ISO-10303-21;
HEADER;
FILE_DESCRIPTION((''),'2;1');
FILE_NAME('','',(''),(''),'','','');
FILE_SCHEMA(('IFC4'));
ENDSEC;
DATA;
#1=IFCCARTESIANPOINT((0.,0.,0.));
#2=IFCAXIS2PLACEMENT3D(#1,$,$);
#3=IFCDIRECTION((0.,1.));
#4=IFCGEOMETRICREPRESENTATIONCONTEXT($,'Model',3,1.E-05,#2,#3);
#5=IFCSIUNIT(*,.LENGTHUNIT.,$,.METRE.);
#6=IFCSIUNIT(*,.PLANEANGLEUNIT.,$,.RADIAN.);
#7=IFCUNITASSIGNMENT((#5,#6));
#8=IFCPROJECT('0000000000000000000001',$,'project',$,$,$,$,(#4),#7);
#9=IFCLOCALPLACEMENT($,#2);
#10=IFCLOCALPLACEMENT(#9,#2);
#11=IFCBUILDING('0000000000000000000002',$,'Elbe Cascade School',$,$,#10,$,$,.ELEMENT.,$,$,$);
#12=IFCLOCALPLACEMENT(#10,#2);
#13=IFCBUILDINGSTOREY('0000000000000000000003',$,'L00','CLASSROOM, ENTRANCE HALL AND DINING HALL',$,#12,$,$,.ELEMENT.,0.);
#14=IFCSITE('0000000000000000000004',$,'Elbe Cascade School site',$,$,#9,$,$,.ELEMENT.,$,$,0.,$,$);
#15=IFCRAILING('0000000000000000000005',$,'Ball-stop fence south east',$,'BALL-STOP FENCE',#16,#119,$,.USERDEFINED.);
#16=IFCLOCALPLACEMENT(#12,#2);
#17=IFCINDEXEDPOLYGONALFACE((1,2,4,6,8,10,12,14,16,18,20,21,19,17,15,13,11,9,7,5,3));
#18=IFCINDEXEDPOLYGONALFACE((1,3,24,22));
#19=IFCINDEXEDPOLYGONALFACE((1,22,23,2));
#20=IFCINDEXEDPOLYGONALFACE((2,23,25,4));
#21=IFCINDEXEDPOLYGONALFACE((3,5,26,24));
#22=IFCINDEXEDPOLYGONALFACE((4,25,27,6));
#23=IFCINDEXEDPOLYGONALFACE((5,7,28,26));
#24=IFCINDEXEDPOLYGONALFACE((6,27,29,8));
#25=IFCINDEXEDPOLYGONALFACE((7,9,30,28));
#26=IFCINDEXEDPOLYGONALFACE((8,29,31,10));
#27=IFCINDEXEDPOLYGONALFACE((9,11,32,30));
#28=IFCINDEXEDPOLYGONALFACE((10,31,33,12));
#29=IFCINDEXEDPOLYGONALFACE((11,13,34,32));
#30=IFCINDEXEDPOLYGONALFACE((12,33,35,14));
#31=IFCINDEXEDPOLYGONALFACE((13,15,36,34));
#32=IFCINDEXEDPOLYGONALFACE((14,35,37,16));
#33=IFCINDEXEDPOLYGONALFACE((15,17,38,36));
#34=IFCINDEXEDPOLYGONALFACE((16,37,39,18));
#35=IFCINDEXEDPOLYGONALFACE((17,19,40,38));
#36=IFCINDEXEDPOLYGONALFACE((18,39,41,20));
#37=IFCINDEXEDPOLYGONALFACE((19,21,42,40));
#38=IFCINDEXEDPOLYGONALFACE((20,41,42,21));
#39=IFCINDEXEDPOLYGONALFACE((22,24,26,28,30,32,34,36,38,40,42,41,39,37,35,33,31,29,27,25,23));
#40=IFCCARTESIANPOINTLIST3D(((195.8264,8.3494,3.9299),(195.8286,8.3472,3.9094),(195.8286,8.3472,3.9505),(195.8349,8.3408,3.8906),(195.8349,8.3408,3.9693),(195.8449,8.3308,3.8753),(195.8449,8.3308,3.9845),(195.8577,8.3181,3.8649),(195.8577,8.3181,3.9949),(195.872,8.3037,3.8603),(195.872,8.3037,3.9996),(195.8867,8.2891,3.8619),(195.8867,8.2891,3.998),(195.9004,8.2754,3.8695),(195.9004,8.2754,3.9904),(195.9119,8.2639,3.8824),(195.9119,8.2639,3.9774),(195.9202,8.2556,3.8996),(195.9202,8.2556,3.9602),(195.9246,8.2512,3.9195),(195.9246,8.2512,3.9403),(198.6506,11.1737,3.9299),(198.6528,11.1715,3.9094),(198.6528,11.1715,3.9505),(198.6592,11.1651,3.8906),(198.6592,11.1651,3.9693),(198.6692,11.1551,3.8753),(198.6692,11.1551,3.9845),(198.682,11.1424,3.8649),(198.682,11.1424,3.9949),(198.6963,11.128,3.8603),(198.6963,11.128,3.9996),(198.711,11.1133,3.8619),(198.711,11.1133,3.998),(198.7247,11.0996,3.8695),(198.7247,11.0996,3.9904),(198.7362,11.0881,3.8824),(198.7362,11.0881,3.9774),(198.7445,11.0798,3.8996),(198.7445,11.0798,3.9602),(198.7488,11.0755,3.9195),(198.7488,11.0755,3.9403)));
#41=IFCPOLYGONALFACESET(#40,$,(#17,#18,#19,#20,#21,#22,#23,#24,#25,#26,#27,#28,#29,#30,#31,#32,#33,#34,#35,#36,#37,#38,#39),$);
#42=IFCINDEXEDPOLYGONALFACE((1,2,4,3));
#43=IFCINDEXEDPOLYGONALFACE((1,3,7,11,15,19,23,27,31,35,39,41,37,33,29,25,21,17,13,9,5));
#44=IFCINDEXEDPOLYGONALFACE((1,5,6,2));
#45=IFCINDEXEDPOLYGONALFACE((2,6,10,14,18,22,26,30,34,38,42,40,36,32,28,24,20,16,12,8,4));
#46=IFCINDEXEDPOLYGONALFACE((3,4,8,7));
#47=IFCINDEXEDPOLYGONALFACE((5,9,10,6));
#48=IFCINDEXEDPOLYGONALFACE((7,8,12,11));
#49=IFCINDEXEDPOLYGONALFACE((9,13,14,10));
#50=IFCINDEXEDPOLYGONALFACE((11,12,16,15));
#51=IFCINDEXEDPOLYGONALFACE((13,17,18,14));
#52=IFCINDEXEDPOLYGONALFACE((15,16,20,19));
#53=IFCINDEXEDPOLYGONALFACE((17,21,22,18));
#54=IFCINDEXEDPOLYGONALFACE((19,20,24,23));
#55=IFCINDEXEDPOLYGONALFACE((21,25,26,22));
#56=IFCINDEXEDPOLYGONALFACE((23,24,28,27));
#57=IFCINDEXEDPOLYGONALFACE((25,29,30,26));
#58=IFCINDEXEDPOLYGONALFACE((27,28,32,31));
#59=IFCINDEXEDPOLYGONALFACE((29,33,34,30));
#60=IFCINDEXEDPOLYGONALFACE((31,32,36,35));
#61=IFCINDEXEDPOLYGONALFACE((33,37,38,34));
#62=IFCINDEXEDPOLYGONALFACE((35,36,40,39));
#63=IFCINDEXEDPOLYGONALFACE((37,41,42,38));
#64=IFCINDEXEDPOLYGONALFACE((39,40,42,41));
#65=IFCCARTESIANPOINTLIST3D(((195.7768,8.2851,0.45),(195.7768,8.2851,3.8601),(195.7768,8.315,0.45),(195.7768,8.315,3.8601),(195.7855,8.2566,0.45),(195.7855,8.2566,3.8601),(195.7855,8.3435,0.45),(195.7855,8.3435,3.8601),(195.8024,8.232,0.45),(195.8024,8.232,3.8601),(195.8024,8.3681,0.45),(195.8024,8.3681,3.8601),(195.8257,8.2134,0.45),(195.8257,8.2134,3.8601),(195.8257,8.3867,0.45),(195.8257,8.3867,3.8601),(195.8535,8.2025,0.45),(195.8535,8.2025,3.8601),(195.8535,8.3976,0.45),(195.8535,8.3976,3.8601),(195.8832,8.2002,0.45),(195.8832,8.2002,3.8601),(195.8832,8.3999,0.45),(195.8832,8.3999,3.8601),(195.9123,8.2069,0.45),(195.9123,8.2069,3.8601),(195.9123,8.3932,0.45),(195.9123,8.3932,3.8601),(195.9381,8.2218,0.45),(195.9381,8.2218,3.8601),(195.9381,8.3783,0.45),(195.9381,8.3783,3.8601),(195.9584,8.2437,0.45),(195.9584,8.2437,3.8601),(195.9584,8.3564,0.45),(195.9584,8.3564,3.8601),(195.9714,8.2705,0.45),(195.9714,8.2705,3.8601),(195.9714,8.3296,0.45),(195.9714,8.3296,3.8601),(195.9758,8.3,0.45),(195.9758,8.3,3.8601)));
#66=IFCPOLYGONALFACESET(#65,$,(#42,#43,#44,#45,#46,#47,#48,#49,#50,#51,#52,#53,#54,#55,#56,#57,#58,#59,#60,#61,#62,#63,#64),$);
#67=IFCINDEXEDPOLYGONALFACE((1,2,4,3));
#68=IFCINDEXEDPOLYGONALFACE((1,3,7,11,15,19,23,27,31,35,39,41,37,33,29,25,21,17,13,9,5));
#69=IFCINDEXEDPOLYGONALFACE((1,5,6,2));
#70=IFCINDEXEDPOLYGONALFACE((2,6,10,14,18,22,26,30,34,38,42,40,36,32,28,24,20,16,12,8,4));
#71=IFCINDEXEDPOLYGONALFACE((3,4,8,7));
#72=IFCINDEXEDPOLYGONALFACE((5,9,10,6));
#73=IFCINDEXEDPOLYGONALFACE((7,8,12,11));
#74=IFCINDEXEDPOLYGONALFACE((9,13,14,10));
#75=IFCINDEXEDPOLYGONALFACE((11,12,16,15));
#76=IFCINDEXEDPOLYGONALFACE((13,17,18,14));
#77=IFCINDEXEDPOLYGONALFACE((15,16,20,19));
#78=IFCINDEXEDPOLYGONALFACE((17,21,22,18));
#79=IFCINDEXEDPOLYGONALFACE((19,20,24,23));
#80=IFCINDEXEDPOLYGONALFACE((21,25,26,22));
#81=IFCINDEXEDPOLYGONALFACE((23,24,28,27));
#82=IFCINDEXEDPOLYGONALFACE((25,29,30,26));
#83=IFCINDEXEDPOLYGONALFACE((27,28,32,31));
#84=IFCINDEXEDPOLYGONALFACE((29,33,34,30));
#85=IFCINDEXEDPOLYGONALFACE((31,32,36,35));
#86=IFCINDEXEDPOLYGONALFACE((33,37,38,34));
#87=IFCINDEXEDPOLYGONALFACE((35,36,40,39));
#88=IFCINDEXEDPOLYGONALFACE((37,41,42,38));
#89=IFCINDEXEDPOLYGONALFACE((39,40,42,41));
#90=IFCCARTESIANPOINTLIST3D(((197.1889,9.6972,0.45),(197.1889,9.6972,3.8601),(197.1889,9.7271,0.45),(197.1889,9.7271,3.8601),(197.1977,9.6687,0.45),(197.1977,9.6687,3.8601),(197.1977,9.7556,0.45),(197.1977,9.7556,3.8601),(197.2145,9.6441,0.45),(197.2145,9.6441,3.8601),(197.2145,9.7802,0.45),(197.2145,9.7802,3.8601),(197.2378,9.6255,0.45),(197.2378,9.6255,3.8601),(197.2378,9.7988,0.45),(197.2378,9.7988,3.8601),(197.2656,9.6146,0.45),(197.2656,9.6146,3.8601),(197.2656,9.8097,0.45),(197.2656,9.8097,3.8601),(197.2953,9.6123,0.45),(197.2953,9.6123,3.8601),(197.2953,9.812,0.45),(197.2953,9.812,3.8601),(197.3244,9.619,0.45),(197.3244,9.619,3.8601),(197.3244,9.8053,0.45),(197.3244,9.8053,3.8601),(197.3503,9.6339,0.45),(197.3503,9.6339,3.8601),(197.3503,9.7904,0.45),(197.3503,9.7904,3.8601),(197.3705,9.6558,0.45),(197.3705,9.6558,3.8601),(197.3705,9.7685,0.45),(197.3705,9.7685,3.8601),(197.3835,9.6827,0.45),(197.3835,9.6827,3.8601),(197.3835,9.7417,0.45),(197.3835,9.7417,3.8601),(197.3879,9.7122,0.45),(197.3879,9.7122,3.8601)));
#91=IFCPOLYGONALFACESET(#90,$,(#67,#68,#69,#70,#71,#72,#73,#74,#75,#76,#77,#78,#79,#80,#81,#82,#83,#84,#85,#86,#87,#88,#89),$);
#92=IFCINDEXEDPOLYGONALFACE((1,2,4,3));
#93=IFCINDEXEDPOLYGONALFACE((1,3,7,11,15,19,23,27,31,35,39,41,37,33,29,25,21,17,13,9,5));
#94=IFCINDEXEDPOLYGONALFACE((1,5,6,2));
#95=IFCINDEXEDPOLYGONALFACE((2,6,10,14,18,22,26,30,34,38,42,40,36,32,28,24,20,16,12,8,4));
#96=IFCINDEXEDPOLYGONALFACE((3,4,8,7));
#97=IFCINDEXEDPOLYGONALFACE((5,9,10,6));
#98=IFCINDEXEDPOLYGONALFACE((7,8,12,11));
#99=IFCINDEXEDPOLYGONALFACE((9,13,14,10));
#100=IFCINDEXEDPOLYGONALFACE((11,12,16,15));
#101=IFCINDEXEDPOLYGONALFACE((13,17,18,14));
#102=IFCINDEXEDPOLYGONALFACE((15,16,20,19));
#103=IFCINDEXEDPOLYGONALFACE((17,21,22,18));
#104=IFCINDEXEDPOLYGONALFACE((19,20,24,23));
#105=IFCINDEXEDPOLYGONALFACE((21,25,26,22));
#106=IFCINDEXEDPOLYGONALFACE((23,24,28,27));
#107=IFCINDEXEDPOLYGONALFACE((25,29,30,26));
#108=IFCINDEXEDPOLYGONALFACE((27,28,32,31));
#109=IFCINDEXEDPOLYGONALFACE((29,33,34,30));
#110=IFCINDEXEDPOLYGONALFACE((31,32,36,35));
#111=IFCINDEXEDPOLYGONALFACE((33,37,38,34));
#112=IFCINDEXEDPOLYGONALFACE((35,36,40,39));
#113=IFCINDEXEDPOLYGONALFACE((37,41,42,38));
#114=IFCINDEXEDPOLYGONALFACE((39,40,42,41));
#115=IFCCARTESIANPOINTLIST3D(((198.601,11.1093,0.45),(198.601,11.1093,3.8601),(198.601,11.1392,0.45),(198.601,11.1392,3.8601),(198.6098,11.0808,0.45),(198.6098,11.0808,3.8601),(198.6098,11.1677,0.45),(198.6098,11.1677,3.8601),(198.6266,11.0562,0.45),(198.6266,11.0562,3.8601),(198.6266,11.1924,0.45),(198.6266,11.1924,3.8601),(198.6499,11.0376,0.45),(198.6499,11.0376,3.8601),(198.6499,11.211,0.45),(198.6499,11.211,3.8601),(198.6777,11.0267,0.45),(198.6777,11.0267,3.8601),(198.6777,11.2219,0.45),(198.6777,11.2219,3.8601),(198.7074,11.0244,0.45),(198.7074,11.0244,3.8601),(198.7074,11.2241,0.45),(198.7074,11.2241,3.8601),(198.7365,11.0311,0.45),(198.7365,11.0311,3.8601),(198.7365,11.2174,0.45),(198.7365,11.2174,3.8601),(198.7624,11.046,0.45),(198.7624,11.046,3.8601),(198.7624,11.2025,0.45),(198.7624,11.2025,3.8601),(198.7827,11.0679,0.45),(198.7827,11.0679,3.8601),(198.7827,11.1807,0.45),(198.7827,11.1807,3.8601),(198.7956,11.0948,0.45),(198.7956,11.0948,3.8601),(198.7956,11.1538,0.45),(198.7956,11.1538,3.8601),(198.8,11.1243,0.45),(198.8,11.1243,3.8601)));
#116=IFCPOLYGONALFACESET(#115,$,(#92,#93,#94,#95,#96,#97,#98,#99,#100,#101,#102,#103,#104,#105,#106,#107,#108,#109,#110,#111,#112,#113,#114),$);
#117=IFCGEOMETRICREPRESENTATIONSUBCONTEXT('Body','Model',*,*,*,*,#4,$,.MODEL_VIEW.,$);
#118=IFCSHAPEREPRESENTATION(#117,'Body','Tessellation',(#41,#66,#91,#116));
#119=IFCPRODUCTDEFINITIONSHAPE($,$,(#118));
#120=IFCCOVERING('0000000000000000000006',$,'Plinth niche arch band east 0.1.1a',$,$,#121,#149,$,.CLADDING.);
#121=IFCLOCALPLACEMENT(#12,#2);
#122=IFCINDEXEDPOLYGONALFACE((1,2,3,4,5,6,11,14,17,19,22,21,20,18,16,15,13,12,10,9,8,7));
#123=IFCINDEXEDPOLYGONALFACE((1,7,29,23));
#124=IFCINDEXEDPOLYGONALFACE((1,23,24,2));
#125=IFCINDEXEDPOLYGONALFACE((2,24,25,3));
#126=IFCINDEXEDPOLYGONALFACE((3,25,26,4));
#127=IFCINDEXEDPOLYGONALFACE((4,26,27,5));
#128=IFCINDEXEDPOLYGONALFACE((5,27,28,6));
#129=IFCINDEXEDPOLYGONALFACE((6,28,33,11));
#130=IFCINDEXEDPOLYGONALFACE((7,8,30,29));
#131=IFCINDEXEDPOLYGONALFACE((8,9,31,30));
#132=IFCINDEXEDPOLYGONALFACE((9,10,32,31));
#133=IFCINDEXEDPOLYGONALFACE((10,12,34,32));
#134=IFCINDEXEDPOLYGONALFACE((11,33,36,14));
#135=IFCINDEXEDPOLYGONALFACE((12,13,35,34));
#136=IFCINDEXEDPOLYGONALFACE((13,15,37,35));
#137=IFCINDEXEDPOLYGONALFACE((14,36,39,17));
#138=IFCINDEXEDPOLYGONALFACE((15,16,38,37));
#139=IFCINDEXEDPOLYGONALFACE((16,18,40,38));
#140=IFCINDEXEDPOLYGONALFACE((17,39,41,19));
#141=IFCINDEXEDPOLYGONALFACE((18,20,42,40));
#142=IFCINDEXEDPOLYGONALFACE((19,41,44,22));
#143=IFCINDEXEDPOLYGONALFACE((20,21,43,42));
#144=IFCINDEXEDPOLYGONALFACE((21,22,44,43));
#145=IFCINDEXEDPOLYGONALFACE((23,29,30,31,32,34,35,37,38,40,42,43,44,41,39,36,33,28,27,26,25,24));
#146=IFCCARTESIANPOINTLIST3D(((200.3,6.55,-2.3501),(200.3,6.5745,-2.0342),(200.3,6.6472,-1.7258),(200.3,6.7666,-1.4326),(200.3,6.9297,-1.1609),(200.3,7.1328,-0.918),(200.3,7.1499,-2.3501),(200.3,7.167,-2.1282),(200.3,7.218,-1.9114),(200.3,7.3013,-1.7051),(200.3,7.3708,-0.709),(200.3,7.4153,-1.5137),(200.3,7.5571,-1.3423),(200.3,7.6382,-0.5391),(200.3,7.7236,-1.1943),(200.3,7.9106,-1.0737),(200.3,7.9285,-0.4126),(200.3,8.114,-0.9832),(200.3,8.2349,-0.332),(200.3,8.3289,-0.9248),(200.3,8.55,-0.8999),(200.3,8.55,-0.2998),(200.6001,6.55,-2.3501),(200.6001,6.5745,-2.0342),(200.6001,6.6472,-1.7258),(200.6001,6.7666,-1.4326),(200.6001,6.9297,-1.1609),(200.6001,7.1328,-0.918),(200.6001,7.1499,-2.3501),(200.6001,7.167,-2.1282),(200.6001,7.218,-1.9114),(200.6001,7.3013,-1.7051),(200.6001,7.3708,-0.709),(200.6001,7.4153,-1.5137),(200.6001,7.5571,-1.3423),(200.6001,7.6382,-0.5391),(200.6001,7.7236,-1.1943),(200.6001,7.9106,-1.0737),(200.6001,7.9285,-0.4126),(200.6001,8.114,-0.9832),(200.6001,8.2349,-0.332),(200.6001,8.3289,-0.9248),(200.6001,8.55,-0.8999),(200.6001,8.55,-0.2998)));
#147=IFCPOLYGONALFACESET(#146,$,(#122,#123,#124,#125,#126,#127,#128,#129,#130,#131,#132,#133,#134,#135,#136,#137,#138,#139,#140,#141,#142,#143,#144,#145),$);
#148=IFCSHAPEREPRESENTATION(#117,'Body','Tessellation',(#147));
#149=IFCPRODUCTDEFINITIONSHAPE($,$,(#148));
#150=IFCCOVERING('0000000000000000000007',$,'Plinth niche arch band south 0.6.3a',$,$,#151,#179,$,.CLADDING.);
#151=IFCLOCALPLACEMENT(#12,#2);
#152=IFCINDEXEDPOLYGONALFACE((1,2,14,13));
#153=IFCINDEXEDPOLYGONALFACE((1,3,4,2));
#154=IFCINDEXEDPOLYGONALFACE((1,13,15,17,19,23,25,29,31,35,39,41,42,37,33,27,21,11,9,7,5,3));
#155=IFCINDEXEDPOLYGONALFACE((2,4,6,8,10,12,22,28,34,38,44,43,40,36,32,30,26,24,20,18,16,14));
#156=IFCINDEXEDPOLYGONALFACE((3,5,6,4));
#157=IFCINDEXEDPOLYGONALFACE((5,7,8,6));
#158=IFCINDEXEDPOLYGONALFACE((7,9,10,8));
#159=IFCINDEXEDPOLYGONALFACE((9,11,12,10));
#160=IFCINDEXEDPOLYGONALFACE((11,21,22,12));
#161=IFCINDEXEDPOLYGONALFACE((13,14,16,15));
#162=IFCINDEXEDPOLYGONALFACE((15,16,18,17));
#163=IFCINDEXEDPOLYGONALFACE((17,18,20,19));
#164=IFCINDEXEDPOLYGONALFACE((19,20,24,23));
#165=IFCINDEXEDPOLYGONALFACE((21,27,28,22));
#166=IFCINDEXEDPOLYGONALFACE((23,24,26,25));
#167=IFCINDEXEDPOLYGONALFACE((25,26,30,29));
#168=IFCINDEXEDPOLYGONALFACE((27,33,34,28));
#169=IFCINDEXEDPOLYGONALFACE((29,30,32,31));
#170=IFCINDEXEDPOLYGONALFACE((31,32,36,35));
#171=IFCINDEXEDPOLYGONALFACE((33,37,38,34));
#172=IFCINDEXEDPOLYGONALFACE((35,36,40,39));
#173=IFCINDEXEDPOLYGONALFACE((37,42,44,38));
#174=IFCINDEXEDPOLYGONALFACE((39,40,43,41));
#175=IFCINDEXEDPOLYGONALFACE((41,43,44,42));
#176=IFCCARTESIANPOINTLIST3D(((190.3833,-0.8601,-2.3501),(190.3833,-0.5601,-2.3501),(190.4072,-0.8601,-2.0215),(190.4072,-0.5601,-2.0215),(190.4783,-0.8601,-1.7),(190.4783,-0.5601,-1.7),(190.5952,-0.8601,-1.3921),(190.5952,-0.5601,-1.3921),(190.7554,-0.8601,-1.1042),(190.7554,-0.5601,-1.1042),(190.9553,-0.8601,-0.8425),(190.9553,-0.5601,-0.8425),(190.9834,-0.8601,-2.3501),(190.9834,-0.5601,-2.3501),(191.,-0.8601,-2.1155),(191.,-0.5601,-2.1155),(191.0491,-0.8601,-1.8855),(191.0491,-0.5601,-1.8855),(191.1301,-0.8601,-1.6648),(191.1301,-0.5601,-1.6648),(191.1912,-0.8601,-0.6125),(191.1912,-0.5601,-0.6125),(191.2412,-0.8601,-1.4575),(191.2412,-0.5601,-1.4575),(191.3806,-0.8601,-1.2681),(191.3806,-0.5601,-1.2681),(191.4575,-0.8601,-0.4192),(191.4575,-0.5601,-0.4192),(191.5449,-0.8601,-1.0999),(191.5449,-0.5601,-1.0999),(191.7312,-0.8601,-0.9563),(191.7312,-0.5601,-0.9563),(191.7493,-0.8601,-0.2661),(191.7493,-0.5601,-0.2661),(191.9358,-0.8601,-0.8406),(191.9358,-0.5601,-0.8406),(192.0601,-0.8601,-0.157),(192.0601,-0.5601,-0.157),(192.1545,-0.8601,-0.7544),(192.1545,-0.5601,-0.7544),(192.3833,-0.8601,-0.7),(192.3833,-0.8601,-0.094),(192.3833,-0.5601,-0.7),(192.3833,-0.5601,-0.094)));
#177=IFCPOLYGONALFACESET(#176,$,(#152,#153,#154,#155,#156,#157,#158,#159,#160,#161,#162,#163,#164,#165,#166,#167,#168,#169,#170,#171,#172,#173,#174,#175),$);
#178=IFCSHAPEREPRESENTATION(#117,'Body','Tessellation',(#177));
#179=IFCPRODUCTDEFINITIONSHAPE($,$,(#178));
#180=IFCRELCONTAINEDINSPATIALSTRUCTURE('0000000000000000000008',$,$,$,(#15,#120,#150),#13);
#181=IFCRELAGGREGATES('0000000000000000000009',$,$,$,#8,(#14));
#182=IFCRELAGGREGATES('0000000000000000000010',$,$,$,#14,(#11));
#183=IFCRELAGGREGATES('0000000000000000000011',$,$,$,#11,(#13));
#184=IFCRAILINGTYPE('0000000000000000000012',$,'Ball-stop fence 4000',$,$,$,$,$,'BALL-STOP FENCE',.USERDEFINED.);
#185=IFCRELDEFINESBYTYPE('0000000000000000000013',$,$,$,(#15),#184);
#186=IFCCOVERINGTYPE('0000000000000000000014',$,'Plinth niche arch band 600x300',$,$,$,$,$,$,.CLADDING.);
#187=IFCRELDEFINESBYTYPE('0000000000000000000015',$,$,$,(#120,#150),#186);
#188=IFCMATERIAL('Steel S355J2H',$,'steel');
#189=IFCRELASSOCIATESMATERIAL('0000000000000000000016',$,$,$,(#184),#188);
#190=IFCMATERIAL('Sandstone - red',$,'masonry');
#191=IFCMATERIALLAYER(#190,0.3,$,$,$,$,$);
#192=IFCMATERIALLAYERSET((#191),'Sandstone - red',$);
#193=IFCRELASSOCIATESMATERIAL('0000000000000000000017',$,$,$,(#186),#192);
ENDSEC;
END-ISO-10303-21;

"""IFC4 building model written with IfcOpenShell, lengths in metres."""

from ifc_helpers import new_model, si_unit, direction, frame, origin, origin_2d, place, context, subcontext, project, spatial, polyline, circle, outline, extrude, material, layer, layer_set, type_object, element, save


model = new_model("IFC4")

# Units and contexts
model_context = context("Model", 3, precision=1e-05, world=origin(), true_north=direction((0.0, 1.0)))
body_context = subcontext(model_context, "Body", "Model", "MODEL_VIEW")
ifc_project = project(units=[si_unit("LENGTHUNIT", "METRE"), si_unit("PLANEANGLEUNIT", "RADIAN")], contexts=[model_context])

# Site, building, storey
site_placement = place(None, origin())
site = spatial("IfcSite", under=ifc_project, at=site_placement, Name="Elbe Cascade School site", CompositionType="ELEMENT", RefElevation=0.0)
building_placement = place(site_placement, origin())
building = spatial("IfcBuilding", under=site, at=building_placement, Name="Elbe Cascade School", CompositionType="ELEMENT")
storey_placement = place(building_placement, origin())
storey = spatial("IfcBuildingStorey", under=building, at=storey_placement, Name="L00", Description="CLASSROOM, ENTRANCE HALL AND DINING HALL", CompositionType="ELEMENT", Elevation=0.0)

# Railing
ifc_material_1 = material(Name="Steel S355J2H", Category="steel")
railing_type = type_object("IfcRailingType", Name="Ball-stop fence 4000", ElementType="BALL-STOP FENCE", PredefinedType="USERDEFINED", material=ifc_material_1)
railing_1_placement = place(storey_placement, frame((195.8757, 8.3, 0.45)))
element("IfcRailing", 1, at=railing_1_placement, inside=storey, type_object=railing_type, Name="Ball-stop fence south east", ObjectType="BALL-STOP FENCE", PredefinedType="USERDEFINED", context=body_context, shape_type="SweptSolid", body=[
    extrude(circle(Radius=0.0698, at=origin_2d()), frame((0.0, 0.0, 3.48), z_axis=(0.707107, 0.707107, 0.0), x_axis=(-0.707107, 0.707107, 0.0)), (0.0, 0.0, 1.0), 3.9941),
    extrude(circle(Radius=0.1001, at=origin_2d()), origin(), (0.0, 0.0, 1.0), 3.4102),
    extrude(circle(Radius=0.1001, at=origin_2d()), frame((1.4121, 1.4121, 0.0)), (0.0, 0.0, 1.0), 3.4102),
    extrude(circle(Radius=0.1001, at=origin_2d()), frame((2.8242, 2.8242, 0.0)), (0.0, 0.0, 1.0), 3.4102),
])

# Coverings
ifc_material_2 = material(Name="Sandstone - red", Category="masonry")
ifc_layer = layer(ifc_material_2, 0.3)
ifc_layer_set = layer_set([ifc_layer], Name="Sandstone - red")
covering_type = type_object("IfcCoveringType", Name="Plinth niche arch band 600x300", PredefinedType="CLADDING", material=ifc_layer_set)
covering_1_placement = place(storey_placement, frame((200.6001, 6.55, -2.3501), z_axis=(1.0, 0.0, 0.0), x_axis=(0.0, 1.0, 0.0)))
element("IfcCovering", 2, at=covering_1_placement, inside=storey, type_object=covering_type, Name="Plinth niche arch band east 0.1.1a", PredefinedType="CLADDING", context=body_context, shape_type="SweptSolid", body=[
    extrude(outline(polyline([(0.0, 0.0), (0.5999, 0.0), (0.6169, 0.2219), (0.668, 0.4387), (0.7512, 0.645), (0.8652, 0.8364), (1.0071, 1.0078), (1.1736, 1.1558), (1.3606, 1.2764), (1.564, 1.3669), (1.7788, 1.4253), (2.0, 1.4502), (2.0, 2.0503), (1.6848, 2.0181), (1.3784, 1.9375), (1.0881, 1.811), (0.8208, 1.6411), (0.5828, 1.4321), (0.3796, 1.1892), (0.2166, 0.9175), (0.0972, 0.6243), (0.0244, 0.3159), (0.0, 0.0)])), origin(), (0.0, 0.0, -1.0), 0.3),
])
covering_2_placement = place(storey_placement, frame((190.3833, -0.8601, -2.3501), z_axis=(0.0, -1.0, 0.0), x_axis=(1.0, 0.0, 0.0)))
element("IfcCovering", 3, at=covering_2_placement, inside=storey, type_object=covering_type, Name="Plinth niche arch band south 0.6.3a", PredefinedType="CLADDING", context=body_context, shape_type="SweptSolid", body=[
    extrude(outline(polyline([(0.0, 0.0), (0.6001, 0.0), (0.6167, 0.2346), (0.6658, 0.4646), (0.7468, 0.6853), (0.8579, 0.8926), (0.9973, 1.082), (1.1616, 1.2502), (1.3479, 1.3938), (1.5525, 1.5095), (1.7712, 1.5957), (2.0, 1.6501), (2.0, 2.2561), (1.6768, 2.1931), (1.366, 2.084), (1.0742, 1.9309), (0.8079, 1.7375), (0.572, 1.5076), (0.3721, 1.2458), (0.2119, 0.958), (0.095, 0.6501), (0.0239, 0.3286), (0.0, 0.0)])), origin(), (0.0, 0.0, -1.0), 0.3),
])

save(model, "model.ifc")
